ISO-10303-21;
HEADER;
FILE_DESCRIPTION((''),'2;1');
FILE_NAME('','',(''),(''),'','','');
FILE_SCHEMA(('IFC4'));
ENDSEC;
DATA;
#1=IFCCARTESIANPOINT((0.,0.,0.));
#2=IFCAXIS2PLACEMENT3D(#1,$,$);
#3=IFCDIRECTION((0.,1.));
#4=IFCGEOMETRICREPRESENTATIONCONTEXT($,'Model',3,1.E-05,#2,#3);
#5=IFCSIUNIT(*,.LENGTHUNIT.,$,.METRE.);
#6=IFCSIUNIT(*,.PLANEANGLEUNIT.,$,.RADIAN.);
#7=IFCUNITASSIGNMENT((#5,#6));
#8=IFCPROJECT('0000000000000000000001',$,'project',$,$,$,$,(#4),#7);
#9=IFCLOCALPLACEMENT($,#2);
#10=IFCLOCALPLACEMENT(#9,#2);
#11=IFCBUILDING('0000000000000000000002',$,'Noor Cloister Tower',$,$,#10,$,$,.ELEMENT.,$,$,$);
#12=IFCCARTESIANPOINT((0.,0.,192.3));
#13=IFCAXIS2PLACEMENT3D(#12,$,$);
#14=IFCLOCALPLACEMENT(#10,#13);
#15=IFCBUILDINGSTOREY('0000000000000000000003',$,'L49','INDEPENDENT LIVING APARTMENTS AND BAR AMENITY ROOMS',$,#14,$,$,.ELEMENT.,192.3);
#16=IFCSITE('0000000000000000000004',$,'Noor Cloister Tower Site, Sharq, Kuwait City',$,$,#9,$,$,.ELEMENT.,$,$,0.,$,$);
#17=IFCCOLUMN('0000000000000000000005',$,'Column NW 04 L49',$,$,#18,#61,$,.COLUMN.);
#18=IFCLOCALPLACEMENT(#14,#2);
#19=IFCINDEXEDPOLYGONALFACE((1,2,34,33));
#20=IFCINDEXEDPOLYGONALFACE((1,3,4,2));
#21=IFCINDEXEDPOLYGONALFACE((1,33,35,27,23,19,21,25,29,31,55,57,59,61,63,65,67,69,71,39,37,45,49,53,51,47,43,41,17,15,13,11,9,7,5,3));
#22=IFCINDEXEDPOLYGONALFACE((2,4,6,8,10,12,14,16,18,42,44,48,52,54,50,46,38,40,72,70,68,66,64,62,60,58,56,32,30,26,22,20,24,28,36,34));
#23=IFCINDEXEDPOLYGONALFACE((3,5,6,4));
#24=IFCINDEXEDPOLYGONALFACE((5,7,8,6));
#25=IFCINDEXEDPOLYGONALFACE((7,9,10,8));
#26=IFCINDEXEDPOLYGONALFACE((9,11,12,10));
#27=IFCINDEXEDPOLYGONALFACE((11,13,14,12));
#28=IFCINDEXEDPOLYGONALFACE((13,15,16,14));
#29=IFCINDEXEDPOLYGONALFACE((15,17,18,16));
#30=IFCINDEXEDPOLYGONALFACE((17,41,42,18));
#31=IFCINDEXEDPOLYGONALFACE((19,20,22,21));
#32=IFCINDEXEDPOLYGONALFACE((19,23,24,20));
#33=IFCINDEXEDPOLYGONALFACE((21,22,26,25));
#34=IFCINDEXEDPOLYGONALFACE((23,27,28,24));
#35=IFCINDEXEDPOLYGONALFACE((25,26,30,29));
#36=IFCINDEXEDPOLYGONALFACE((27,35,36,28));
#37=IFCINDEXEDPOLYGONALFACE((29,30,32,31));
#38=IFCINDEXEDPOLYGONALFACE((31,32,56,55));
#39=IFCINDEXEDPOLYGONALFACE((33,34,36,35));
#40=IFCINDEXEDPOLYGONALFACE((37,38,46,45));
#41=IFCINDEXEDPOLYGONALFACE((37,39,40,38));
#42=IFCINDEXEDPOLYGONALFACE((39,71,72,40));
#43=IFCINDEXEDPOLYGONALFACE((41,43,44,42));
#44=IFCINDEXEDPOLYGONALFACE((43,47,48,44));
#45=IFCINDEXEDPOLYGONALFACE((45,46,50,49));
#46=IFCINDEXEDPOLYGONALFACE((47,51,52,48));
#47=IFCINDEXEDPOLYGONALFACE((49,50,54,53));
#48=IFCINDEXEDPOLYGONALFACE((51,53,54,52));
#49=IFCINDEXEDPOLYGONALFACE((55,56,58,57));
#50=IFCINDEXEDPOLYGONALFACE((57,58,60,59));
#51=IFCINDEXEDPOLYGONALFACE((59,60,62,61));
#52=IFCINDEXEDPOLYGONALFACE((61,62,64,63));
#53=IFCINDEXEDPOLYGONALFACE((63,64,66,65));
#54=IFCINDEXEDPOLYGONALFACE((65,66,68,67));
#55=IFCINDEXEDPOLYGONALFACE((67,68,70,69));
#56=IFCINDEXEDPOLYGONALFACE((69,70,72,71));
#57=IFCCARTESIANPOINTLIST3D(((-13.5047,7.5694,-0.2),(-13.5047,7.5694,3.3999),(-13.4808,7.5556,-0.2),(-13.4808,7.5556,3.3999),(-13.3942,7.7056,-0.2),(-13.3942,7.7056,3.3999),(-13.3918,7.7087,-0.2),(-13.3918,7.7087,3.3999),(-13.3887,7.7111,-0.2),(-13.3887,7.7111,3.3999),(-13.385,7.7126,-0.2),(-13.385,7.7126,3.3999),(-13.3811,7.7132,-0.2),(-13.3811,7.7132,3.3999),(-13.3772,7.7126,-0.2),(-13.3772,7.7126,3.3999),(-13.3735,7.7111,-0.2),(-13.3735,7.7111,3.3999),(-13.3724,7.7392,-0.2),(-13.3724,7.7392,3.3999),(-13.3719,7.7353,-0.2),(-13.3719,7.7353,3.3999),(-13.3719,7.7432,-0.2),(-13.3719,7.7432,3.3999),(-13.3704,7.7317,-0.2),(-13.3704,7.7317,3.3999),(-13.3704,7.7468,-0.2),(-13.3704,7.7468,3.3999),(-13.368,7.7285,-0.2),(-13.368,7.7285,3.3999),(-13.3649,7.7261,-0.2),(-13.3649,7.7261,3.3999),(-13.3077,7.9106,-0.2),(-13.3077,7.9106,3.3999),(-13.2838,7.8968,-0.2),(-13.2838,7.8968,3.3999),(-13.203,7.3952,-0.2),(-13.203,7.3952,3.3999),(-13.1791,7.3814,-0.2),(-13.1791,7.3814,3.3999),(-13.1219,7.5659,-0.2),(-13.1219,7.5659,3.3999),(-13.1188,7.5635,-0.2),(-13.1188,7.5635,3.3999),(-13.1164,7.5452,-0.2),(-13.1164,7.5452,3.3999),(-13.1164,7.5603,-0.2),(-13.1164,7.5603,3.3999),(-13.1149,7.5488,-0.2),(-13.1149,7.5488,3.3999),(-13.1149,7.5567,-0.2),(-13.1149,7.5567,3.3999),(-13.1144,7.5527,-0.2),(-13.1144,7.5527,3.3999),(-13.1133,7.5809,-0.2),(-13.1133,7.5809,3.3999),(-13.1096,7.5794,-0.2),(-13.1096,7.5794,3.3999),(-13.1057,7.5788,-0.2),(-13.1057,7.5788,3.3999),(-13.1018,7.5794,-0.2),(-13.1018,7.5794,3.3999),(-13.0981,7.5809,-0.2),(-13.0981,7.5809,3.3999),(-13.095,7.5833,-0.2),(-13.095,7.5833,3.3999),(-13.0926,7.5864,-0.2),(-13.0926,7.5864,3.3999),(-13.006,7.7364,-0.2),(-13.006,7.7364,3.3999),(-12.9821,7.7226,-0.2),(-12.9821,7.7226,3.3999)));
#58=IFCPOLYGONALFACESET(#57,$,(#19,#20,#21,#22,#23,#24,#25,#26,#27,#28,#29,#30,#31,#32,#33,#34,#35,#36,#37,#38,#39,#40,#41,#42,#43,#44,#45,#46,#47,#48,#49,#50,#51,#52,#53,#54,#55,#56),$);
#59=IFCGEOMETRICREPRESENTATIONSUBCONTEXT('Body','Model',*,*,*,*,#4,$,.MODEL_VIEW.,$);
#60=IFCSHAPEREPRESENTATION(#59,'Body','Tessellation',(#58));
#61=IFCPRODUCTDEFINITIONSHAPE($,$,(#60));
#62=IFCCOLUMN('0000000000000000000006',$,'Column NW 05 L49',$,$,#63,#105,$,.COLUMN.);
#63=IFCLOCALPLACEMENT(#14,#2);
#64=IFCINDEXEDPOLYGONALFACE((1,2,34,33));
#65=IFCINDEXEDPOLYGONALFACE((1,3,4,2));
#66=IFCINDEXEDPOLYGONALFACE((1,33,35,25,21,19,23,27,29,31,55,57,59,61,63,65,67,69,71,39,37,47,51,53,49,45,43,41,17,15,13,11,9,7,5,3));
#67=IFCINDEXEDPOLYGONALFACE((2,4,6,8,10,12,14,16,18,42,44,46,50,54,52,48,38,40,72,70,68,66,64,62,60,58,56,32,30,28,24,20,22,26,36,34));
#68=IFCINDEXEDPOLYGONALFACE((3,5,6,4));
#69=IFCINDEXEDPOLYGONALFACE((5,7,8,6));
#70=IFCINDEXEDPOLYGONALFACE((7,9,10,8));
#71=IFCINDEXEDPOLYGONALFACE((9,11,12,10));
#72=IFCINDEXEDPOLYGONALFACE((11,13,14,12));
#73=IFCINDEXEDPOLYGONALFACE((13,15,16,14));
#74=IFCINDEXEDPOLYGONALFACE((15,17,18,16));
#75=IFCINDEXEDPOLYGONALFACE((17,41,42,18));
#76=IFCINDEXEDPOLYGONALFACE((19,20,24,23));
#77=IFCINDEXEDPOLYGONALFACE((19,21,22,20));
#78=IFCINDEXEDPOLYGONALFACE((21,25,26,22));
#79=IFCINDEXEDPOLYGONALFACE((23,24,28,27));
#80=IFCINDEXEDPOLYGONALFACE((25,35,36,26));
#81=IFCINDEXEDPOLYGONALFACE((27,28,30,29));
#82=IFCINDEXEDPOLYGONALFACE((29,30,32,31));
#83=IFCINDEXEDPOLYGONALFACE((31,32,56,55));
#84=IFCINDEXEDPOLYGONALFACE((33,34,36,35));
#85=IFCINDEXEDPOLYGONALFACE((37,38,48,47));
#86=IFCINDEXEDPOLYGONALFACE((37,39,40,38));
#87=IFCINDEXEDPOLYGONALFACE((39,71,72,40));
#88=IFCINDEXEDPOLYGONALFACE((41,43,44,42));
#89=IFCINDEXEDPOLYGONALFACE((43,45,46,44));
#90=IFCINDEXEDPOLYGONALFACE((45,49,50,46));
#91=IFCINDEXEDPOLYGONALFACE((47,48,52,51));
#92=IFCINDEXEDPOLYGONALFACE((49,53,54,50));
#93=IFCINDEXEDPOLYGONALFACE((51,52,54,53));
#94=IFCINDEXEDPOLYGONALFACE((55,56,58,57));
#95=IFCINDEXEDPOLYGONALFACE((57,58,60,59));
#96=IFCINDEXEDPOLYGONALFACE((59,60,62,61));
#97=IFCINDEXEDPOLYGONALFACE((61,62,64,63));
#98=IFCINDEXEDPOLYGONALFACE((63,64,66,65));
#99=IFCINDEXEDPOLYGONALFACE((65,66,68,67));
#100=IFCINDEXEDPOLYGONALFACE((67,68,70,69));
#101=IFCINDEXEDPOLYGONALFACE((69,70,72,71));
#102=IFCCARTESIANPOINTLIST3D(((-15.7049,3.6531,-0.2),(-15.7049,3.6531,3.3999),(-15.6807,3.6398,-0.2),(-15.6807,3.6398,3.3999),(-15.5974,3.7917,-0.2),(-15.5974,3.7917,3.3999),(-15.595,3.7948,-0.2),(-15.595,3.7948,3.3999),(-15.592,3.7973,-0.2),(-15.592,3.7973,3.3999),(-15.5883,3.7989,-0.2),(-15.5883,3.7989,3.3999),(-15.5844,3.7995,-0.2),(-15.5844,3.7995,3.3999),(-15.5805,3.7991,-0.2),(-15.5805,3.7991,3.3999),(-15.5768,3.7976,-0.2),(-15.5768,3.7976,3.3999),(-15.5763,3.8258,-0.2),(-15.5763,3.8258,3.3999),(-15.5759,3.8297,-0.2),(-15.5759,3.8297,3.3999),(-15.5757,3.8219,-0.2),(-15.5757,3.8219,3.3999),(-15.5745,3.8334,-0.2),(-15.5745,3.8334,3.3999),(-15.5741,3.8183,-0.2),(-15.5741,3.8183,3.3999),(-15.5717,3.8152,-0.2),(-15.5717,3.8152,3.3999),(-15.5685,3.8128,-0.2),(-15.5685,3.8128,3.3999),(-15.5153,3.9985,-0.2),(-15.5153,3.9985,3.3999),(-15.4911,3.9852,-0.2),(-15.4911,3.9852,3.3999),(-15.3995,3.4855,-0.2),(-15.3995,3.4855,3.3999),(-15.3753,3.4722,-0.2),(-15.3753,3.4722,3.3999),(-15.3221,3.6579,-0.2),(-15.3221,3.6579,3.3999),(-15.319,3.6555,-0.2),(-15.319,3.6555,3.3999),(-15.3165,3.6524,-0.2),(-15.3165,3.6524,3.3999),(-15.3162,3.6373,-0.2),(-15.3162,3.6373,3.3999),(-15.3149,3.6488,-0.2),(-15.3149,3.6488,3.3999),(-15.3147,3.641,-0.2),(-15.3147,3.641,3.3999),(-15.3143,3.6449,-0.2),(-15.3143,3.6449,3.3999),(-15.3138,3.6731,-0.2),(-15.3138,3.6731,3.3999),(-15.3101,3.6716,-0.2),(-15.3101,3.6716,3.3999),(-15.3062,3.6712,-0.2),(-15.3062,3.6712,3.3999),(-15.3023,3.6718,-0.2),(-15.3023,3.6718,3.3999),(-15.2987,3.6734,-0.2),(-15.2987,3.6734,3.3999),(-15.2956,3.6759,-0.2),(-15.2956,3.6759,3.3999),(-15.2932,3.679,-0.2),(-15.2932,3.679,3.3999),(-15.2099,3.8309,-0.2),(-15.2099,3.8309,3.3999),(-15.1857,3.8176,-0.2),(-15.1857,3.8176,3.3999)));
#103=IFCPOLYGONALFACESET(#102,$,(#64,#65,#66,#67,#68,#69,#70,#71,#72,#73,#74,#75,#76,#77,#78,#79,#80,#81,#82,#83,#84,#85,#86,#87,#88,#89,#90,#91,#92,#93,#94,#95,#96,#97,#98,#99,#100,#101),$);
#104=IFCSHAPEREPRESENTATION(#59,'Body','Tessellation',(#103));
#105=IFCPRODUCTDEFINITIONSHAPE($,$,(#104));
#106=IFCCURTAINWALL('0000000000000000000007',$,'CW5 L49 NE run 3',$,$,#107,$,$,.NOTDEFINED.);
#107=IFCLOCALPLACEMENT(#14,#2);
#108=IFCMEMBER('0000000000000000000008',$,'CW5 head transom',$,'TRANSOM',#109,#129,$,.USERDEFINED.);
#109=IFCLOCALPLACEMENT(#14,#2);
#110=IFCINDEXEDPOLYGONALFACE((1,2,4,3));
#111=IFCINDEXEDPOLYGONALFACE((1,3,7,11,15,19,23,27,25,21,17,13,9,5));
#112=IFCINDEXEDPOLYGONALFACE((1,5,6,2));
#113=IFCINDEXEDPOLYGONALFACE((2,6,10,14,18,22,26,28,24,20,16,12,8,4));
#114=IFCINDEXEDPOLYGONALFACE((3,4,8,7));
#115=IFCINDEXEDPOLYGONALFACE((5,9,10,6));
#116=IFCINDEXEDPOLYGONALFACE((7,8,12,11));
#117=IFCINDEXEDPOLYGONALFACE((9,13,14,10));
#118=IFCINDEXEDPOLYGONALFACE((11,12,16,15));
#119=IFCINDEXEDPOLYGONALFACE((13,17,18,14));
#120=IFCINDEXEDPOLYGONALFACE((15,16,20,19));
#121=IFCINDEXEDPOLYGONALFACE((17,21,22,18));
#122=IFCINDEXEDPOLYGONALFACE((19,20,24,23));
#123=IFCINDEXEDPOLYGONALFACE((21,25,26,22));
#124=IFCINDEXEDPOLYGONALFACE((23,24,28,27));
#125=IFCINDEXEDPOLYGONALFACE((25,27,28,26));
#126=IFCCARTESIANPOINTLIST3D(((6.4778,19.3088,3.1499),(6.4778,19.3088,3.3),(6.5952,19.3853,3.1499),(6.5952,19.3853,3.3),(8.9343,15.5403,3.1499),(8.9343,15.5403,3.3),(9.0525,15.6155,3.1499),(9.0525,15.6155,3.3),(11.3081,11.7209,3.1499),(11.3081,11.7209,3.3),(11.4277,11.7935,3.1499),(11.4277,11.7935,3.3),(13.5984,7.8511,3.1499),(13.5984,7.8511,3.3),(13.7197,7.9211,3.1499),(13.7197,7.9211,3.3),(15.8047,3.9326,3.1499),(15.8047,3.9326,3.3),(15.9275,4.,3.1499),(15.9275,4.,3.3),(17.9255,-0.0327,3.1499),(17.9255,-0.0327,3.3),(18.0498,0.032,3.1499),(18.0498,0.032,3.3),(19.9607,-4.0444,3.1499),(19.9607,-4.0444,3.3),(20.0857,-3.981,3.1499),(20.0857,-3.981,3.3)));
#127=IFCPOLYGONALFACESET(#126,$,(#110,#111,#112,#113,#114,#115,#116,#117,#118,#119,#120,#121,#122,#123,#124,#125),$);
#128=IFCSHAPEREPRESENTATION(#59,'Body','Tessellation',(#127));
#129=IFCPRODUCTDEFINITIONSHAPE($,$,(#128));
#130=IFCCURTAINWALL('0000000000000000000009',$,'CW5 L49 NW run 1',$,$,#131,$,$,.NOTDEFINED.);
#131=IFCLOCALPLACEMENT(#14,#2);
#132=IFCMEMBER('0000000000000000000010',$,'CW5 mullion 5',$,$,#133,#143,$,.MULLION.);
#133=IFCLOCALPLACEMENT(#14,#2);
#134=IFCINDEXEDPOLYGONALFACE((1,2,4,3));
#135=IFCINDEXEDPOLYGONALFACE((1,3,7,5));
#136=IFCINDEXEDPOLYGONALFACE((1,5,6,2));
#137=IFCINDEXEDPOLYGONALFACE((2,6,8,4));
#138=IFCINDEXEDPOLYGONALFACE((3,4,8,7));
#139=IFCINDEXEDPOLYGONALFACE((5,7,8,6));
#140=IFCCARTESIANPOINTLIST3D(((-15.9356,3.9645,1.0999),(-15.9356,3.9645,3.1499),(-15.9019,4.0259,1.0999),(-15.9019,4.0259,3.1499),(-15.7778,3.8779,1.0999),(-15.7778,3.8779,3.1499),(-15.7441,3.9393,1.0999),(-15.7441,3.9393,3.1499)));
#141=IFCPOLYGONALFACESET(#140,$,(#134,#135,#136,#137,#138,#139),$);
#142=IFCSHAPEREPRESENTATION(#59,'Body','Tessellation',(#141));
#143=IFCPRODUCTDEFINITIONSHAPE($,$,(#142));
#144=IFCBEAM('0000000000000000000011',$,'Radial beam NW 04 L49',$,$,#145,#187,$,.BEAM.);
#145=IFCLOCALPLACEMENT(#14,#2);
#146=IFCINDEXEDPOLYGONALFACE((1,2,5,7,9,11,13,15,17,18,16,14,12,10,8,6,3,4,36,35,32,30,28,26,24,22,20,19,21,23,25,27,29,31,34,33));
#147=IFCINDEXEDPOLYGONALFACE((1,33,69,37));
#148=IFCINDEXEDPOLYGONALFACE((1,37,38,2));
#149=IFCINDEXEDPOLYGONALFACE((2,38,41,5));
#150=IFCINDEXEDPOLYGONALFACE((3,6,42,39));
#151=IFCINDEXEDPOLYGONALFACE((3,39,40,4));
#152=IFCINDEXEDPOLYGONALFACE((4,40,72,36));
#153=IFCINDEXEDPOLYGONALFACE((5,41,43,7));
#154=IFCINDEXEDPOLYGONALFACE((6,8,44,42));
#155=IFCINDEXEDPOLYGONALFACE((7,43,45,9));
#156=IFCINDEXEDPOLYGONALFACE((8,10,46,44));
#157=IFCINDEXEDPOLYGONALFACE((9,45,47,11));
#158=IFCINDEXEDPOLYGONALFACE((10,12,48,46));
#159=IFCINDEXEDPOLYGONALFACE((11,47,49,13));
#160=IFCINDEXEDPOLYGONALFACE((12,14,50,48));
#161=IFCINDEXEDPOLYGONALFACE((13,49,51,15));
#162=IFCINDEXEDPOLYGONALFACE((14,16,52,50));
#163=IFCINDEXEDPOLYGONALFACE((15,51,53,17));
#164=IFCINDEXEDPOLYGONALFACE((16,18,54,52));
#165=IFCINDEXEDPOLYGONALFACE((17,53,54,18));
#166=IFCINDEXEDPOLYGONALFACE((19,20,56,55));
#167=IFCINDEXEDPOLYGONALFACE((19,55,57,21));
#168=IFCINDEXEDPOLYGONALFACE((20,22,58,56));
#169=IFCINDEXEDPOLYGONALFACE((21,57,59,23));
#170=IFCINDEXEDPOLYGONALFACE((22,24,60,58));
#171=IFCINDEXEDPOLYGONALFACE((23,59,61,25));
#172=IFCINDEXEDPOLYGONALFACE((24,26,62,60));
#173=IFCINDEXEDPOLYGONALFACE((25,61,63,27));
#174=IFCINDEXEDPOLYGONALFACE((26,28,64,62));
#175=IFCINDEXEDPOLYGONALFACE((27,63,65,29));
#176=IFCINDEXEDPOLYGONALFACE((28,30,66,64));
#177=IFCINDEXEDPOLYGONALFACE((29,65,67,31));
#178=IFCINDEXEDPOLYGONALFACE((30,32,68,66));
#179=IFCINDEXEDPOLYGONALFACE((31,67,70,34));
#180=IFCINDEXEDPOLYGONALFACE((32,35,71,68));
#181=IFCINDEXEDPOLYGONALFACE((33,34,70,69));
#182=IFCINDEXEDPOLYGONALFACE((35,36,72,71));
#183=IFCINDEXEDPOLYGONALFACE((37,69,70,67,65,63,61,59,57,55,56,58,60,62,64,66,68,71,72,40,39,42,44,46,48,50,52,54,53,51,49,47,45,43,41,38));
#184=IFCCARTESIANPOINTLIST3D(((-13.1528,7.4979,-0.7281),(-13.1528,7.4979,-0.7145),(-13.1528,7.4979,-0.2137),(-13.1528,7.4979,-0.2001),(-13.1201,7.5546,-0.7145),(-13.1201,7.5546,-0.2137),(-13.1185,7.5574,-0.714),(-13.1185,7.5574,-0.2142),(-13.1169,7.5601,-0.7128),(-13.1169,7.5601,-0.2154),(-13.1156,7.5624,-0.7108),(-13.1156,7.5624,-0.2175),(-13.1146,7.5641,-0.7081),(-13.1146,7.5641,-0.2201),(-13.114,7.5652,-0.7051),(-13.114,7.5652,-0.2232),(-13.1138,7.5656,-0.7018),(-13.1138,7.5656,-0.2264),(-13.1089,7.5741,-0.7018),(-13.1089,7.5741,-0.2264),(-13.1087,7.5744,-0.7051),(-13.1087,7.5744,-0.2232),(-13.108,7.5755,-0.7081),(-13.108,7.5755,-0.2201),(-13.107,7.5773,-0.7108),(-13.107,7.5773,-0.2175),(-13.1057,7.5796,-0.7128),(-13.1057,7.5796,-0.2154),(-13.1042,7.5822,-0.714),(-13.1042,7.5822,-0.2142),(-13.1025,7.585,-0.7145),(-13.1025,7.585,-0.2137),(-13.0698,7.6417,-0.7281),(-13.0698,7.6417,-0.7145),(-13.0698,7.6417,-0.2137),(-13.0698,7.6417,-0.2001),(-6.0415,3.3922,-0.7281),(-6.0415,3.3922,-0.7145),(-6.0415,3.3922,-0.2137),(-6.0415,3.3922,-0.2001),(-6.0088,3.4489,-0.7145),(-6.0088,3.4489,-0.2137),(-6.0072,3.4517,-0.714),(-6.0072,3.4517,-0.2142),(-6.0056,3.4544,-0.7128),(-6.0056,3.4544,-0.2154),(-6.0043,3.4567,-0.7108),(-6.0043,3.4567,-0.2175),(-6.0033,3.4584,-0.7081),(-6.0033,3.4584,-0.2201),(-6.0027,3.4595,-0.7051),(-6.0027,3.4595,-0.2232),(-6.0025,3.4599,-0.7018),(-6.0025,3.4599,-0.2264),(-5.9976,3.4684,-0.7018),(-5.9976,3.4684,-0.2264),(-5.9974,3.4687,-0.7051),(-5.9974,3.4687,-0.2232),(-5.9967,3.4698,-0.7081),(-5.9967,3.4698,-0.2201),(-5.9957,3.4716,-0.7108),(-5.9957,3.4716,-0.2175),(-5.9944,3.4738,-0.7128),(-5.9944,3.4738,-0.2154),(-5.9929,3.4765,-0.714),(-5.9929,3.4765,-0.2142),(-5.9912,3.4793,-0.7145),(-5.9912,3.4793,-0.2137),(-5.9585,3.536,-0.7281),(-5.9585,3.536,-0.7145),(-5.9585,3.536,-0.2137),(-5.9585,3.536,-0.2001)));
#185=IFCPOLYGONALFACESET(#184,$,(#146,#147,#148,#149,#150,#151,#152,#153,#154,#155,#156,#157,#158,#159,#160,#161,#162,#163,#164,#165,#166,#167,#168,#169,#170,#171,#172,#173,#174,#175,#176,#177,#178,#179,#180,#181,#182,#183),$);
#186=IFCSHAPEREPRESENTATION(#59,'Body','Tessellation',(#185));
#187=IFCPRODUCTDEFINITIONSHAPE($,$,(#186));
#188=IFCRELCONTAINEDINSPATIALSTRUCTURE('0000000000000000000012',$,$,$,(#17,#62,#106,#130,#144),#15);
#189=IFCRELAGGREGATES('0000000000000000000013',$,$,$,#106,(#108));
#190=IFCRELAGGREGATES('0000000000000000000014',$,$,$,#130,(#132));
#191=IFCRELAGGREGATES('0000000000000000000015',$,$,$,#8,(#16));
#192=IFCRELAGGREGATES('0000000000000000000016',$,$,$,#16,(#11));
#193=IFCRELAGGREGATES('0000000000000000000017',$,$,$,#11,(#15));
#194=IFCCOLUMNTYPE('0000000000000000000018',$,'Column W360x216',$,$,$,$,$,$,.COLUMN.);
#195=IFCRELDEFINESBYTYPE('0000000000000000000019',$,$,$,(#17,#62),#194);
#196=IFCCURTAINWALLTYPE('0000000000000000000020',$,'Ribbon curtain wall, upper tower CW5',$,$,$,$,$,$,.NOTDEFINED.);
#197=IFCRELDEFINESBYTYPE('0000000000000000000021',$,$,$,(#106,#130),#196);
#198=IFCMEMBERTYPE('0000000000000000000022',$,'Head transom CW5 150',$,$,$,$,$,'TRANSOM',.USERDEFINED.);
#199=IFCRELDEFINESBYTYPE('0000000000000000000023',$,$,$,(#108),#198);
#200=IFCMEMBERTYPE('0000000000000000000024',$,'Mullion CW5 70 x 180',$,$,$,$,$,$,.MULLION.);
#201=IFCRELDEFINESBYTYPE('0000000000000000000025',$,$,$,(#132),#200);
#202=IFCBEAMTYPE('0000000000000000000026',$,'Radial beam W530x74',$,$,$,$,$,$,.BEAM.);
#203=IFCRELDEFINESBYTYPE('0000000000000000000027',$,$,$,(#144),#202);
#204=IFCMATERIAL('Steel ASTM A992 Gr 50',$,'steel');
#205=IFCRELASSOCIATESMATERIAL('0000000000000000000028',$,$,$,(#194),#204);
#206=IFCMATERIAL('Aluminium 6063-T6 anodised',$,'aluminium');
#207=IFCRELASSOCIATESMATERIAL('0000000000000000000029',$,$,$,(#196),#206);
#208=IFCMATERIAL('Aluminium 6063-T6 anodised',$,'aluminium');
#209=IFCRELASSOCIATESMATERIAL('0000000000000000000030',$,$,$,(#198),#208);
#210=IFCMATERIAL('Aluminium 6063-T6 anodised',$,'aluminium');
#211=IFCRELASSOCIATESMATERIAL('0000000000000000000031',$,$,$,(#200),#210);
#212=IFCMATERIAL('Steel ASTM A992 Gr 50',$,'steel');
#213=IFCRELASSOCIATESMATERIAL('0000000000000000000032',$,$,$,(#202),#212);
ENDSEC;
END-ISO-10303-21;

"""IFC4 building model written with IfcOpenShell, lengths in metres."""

from ifc_helpers import new_model, si_unit, direction, frame, origin, origin_2d, place, context, subcontext, project, spatial, polyline, rectangle, i_section, outline, extrude, material, material_profile, profile_set, type_object, element, aggregate, save


model = new_model("IFC4")

# Units and contexts
model_context = context("Model", 3, precision=1e-05, world=origin(), true_north=direction((0.0, 1.0)))
body_context = subcontext(model_context, "Body", "Model", "MODEL_VIEW")
ifc_project = project(units=[si_unit("LENGTHUNIT", "METRE"), si_unit("PLANEANGLEUNIT", "RADIAN")], contexts=[model_context])

# Site, building, storey
site_placement = place(None, origin())
site = spatial("IfcSite", under=ifc_project, at=site_placement, Name="Noor Cloister Tower Site, Sharq, Kuwait City", CompositionType="ELEMENT", RefElevation=0.0)
building_placement = place(site_placement, origin())
building = spatial("IfcBuilding", under=site, at=building_placement, Name="Noor Cloister Tower", CompositionType="ELEMENT")
storey_placement = place(building_placement, frame((0.0, 0.0, 192.3)))
storey = spatial("IfcBuildingStorey", under=building, at=storey_placement, Name="L49", Description="INDEPENDENT LIVING APARTMENTS AND BAR AMENITY ROOMS", CompositionType="ELEMENT", Elevation=192.3)

# Columns
ifc_material_1 = material(Name="Steel ASTM A992 Gr 50", Category="steel")
ifc_material_profile_1 = material_profile(ifc_material_1, i_section(OverallWidth=0.394, OverallDepth=0.376, WebThickness=0.0173, FlangeThickness=0.0276, FilletRadius=0.0151, at=origin_2d()), Name="W360x216")
ifc_profile_set_1 = profile_set([ifc_material_profile_1], Name="Steel ASTM A992 Gr 50")
column_type = type_object("IfcColumnType", Name="Column W360x216", PredefinedType="COLUMN", material=ifc_profile_set_1)
for number, where, z_axis, x_axis, name in (
    (1, (-13.2434, 7.646, -0.2), (0.0, 0.0, 1.0), (-0.5, -0.866025, 0.0), "Column NW 04 L49"),
    (2, (-15.4453, 3.7354, -0.2), (0.0, 0.0, 1.0), (-0.481143, -0.876642, 0.0), "Column NW 05 L49"),
):
    element("IfcColumn", number, at=place(storey_placement, frame(where, z_axis=z_axis, x_axis=x_axis)), inside=storey, type_object=column_type, Name=name, PredefinedType="COLUMN", context=body_context, shape_type="SweptSolid", body=[
        extrude(i_section(OverallWidth=0.394, OverallDepth=0.376, WebThickness=0.0173, FlangeThickness=0.0276, FilletRadius=0.0151, at=origin_2d()), origin(), (0.0, 0.0, 1.0), 3.5999),
    ])

# Curtain walls, members
ifc_material_2 = material(Name="Aluminium 6063-T6 anodised", Category="aluminium")
curtain_wall_type = type_object("IfcCurtainWallType", Name="Ribbon curtain wall, upper tower CW5", PredefinedType="NOTDEFINED", material=ifc_material_2)
curtain_wall_1_placement = place(storey_placement, origin())
curtain_wall_1 = element("IfcCurtainWall", 3, at=curtain_wall_1_placement, inside=storey, type_object=curtain_wall_type, Name="CW5 L49 NE run 3", PredefinedType="NOTDEFINED")
ifc_material_3 = material(Name="Aluminium 6063-T6 anodised", Category="aluminium")
member_type_1 = type_object("IfcMemberType", Name="Head transom CW5 150", ElementType="TRANSOM", PredefinedType="USERDEFINED", material=ifc_material_3)
member_1_placement = place(storey_placement, frame((0.0, 0.0, 3.1499)))
member_1 = element("IfcMember", 4, at=member_1_placement, type_object=member_type_1, Name="CW5 head transom", ObjectType="TRANSOM", PredefinedType="USERDEFINED", context=body_context, shape_type="SweptSolid", body=[
    extrude(outline(polyline([(20.0857, -3.981), (18.0498, 0.032), (15.9275, 4.0), (13.7197, 7.9211), (11.4277, 11.7935), (9.0525, 15.6155), (6.5952, 19.3853), (6.4778, 19.3088), (8.9343, 15.5403), (11.3081, 11.7209), (13.5984, 7.8511), (15.8047, 3.9326), (17.9255, -0.0327), (19.9607, -4.0444), (20.0857, -3.981)])), origin(), (0.0, 0.0, 1.0), 0.1501),
])
curtain_wall_2_placement = place(storey_placement, origin())
curtain_wall_2 = element("IfcCurtainWall", 5, at=curtain_wall_2_placement, inside=storey, type_object=curtain_wall_type, Name="CW5 L49 NW run 1", PredefinedType="NOTDEFINED")
ifc_material_4 = material(Name="Aluminium 6063-T6 anodised", Category="aluminium")
ifc_material_profile_2 = material_profile(ifc_material_4, rectangle(XDim=0.1799, YDim=0.0701, at=origin_2d()), Name="180 x 70 mullion")
ifc_profile_set_2 = profile_set([ifc_material_profile_2], Name="Aluminium 6063-T6 anodised")
member_type_2 = type_object("IfcMemberType", Name="Mullion CW5 70 x 180", PredefinedType="MULLION", material=ifc_profile_set_2)
member_2_placement = place(storey_placement, frame((-15.8398, 3.9519, 1.0999), z_axis=(0.0, 0.0, 1.0), x_axis=(0.876642, -0.481143, 0.0)))
member_2 = element("IfcMember", 6, at=member_2_placement, type_object=member_type_2, Name="CW5 mullion 5", PredefinedType="MULLION", context=body_context, shape_type="SweptSolid", body=[
    extrude(rectangle(XDim=0.1799, YDim=0.0701, at=origin_2d()), origin(), (0.0, 0.0, 1.0), 2.05),
])

# Beam
ifc_material_5 = material(Name="Steel ASTM A992 Gr 50", Category="steel")
ifc_material_profile_3 = material_profile(ifc_material_5, i_section(OverallWidth=0.166, OverallDepth=0.5281, WebThickness=0.0098, FlangeThickness=0.0137, FilletRadius=0.0127, at=origin_2d()), Name="W530x74")
ifc_profile_set_3 = profile_set([ifc_material_profile_3], Name="Steel ASTM A992 Gr 50")
beam_type_1 = type_object("IfcBeamType", Name="Radial beam W530x74", PredefinedType="BEAM", material=ifc_profile_set_3)
beam_1_placement = place(storey_placement, frame((-13.1113, 7.5698, -0.4641), z_axis=(0.866026, -0.499999, 0.0), x_axis=(0.499999, 0.866026, 0.0)))
element("IfcBeam", 7, at=beam_1_placement, inside=storey, type_object=beam_type_1, Name="Radial beam NW 04 L49", PredefinedType="BEAM", context=body_context, shape_type="SweptSolid", body=[
    extrude(i_section(OverallWidth=0.166, OverallDepth=0.5281, WebThickness=0.0098, FlangeThickness=0.0137, FilletRadius=0.0127, at=origin_2d()), origin(), (0.0, 0.0, 1.0), 8.2114),
])

aggregate(curtain_wall_1, [member_1])

aggregate(curtain_wall_2, [member_2])

save(model, "model.ifc")
